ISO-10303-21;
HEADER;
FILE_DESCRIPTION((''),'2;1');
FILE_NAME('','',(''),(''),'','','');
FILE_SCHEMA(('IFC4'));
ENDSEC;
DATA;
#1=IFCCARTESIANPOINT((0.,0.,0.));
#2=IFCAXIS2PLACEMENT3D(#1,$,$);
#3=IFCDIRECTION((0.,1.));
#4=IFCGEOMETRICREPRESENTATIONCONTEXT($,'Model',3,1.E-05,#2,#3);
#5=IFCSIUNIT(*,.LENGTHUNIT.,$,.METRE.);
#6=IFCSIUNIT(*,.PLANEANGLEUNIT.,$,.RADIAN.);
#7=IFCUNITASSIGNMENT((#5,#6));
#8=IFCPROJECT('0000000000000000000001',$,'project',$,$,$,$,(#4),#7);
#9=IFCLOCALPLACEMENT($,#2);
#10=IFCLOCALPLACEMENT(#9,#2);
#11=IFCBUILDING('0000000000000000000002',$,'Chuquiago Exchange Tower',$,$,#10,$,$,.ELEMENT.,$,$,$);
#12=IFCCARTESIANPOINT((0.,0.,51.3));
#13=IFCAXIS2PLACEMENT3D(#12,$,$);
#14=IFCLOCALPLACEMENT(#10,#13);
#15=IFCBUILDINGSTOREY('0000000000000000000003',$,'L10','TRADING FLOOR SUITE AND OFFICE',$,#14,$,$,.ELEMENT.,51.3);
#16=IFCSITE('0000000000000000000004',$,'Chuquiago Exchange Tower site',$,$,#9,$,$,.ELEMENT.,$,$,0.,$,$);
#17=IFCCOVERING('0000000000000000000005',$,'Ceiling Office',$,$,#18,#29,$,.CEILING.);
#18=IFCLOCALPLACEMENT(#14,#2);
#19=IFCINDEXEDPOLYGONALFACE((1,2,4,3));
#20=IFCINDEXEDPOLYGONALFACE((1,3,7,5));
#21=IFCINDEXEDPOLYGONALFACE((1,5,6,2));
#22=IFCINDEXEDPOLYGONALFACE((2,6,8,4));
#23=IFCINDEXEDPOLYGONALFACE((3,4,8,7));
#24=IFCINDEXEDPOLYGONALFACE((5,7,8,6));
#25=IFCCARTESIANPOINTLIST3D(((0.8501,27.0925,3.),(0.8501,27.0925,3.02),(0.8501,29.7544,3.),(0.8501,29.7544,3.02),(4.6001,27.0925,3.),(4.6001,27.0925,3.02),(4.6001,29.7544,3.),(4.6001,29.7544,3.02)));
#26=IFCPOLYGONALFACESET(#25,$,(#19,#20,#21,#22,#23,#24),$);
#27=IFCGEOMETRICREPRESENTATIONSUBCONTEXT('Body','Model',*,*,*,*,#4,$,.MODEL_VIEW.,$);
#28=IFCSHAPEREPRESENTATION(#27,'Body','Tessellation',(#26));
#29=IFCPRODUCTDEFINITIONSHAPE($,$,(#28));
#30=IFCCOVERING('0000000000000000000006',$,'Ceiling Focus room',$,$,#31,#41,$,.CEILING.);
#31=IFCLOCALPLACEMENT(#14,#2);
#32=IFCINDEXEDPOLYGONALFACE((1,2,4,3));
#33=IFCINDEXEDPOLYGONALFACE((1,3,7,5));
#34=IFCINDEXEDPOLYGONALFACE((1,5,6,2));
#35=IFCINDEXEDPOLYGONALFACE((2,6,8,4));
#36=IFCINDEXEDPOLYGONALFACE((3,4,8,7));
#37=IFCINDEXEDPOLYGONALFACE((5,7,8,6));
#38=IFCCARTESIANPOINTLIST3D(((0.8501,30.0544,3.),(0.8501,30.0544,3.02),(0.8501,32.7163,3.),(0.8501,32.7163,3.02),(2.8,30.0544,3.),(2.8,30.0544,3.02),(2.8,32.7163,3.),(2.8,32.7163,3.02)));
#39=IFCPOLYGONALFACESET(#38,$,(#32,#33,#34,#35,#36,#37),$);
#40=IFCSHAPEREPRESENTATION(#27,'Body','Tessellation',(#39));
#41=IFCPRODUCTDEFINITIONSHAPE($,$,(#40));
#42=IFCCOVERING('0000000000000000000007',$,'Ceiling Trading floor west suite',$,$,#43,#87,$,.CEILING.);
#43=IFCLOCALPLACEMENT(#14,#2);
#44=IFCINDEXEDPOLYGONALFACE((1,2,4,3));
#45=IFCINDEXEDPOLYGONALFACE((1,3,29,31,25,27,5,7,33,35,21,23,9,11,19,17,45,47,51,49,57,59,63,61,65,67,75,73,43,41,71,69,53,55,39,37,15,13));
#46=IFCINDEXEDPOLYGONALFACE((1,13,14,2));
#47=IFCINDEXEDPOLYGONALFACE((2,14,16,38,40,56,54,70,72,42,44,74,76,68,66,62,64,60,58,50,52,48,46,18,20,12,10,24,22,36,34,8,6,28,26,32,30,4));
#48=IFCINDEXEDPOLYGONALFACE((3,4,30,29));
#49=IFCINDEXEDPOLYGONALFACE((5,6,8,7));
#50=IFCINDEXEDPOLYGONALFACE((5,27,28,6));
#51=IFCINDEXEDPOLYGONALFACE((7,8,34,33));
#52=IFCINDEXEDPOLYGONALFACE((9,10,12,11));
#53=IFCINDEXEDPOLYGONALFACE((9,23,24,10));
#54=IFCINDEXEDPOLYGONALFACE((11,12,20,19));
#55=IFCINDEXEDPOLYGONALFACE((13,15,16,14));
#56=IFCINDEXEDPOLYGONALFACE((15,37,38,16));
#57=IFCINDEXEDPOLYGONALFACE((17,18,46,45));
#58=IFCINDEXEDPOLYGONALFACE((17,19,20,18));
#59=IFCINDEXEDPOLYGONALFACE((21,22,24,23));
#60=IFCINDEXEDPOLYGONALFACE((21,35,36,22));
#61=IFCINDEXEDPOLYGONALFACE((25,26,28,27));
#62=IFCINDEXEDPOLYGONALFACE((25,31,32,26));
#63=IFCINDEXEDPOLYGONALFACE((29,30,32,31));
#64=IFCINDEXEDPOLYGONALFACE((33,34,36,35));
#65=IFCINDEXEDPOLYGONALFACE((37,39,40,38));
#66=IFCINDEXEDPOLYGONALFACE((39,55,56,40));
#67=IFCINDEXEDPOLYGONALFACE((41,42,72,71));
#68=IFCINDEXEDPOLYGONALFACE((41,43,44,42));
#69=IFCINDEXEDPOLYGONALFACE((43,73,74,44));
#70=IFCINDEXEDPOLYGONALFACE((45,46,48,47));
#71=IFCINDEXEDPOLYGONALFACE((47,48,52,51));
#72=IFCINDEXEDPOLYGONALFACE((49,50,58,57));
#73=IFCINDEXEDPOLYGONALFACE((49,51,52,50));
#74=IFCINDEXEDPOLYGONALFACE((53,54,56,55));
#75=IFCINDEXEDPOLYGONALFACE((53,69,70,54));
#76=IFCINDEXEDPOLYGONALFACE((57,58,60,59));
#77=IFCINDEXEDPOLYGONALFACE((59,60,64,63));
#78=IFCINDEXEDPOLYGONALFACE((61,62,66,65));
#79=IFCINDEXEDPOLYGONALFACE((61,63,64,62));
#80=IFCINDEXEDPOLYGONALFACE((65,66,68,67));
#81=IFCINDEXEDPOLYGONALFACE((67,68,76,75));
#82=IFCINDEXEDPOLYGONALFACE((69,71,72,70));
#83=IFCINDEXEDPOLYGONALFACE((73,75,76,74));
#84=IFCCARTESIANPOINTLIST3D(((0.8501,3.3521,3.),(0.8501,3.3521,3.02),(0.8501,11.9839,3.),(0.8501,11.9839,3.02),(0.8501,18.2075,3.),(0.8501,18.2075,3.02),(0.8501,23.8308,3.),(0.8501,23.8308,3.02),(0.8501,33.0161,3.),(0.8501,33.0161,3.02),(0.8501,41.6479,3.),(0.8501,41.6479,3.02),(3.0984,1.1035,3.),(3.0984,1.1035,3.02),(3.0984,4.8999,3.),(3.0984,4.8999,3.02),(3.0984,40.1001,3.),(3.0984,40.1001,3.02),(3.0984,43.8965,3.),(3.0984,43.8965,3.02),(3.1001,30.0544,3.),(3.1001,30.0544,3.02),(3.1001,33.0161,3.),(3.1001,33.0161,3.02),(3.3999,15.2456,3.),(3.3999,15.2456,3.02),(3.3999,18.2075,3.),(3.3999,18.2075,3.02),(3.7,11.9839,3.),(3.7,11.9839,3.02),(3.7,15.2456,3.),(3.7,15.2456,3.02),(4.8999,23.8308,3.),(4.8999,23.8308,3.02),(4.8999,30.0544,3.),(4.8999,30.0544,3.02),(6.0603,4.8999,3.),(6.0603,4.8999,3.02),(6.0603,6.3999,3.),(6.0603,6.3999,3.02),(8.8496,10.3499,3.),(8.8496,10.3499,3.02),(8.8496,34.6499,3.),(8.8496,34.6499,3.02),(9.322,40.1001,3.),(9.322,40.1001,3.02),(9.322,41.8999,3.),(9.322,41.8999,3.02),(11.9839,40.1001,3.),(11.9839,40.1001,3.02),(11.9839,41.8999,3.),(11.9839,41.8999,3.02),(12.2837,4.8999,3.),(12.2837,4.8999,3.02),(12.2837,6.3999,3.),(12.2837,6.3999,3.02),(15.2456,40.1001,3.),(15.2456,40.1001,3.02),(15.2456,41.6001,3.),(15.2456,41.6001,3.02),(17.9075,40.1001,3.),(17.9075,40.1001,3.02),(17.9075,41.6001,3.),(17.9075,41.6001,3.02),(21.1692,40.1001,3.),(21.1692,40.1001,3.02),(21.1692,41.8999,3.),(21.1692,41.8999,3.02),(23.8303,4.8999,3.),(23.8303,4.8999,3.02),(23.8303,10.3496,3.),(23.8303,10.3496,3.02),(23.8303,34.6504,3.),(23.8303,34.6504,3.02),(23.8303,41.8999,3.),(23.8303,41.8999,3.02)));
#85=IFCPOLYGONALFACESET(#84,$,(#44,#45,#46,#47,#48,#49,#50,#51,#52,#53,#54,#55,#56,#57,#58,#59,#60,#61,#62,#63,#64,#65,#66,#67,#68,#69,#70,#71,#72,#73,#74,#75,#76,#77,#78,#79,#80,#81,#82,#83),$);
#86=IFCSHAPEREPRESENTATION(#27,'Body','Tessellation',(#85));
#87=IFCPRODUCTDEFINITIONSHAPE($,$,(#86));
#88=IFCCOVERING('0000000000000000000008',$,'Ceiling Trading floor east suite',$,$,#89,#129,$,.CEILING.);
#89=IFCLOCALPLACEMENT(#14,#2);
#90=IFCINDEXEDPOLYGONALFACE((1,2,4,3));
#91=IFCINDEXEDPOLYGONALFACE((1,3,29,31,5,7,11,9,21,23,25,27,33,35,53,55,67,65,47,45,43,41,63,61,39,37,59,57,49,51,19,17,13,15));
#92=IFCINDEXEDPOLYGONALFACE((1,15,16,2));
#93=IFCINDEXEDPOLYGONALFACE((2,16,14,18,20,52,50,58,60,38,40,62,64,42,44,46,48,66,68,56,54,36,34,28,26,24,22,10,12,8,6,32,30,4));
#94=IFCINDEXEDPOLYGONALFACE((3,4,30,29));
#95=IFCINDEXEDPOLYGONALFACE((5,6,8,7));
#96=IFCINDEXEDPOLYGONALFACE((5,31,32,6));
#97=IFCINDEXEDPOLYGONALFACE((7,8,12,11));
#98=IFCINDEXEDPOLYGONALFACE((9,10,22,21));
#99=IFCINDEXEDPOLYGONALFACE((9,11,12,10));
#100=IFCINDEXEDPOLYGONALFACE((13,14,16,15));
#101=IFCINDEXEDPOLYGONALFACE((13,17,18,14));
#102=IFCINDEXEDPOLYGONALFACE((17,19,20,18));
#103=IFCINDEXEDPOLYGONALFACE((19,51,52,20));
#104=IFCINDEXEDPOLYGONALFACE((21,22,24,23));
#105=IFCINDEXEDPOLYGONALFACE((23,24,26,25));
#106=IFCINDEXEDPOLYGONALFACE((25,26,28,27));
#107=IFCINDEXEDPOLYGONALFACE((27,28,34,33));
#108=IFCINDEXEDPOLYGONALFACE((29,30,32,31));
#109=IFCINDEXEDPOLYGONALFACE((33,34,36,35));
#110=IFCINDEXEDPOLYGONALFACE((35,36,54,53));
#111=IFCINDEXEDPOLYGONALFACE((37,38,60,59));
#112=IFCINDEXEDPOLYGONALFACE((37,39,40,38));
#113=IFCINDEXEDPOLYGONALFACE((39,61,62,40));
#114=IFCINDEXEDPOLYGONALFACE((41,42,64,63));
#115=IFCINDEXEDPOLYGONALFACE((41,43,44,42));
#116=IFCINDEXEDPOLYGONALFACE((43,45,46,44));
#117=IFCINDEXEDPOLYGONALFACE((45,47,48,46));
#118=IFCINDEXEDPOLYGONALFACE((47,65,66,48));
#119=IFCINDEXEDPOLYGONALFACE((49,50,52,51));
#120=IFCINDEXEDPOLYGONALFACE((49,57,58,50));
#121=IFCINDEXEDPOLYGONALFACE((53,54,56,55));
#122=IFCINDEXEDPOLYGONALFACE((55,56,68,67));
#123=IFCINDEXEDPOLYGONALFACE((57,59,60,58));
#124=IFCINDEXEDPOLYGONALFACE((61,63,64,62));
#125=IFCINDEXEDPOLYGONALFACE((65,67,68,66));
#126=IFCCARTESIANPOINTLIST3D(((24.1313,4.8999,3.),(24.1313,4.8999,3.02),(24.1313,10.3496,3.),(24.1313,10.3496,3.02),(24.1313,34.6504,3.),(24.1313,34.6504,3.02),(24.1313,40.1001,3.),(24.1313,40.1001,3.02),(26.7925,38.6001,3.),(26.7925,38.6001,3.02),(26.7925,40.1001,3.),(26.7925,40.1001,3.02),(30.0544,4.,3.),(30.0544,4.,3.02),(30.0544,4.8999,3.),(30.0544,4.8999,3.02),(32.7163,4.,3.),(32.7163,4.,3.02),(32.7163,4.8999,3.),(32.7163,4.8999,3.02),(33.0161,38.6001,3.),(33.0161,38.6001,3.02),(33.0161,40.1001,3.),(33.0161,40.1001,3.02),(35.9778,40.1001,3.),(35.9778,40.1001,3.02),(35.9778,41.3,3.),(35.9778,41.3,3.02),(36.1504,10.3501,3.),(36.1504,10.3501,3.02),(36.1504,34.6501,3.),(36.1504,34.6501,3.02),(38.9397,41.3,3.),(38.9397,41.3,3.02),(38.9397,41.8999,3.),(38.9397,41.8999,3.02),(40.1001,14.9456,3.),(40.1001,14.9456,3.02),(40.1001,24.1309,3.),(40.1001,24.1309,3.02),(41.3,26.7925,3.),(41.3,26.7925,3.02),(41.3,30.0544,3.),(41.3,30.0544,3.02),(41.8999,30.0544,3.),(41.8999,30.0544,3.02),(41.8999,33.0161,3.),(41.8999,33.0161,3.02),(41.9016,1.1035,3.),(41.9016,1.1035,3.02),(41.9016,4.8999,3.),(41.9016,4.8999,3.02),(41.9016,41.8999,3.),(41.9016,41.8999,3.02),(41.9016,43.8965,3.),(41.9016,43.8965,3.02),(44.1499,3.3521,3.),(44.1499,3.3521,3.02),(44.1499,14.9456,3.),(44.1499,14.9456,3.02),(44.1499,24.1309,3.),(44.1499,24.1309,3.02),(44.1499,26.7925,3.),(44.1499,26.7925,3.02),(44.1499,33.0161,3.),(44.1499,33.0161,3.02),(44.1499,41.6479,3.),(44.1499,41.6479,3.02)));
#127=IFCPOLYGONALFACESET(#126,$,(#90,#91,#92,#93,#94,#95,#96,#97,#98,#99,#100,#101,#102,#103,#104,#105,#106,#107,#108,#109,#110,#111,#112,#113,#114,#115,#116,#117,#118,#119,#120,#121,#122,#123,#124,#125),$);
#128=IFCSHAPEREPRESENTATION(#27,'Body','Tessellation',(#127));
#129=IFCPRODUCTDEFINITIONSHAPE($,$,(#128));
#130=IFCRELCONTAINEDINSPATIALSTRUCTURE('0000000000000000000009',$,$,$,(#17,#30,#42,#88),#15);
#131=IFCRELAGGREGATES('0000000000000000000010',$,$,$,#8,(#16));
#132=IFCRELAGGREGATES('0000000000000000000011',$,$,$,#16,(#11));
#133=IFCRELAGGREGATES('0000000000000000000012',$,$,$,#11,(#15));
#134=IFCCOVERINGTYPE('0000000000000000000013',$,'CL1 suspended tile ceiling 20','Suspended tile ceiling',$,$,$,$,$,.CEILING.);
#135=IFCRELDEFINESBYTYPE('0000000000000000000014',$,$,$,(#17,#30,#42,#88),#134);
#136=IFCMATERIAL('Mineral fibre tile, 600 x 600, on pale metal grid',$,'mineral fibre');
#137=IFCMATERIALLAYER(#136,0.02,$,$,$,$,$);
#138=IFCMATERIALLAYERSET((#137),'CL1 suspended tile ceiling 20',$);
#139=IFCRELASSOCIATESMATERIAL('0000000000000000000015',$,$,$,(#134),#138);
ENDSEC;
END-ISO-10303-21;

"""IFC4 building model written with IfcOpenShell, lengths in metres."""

from ifc_helpers import new_model, si_unit, direction, frame, origin, place, context, subcontext, project, spatial, polyline, outline, extrude, material, layer, layer_set, type_object, element, save


model = new_model("IFC4")

# Units and contexts
model_context = context("Model", 3, precision=1e-05, world=origin(), true_north=direction((0.0, 1.0)))
body_context = subcontext(model_context, "Body", "Model", "MODEL_VIEW")
ifc_project = project(units=[si_unit("LENGTHUNIT", "METRE"), si_unit("PLANEANGLEUNIT", "RADIAN")], contexts=[model_context])

# Site, building, storey
site_placement = place(None, origin())
site = spatial("IfcSite", under=ifc_project, at=site_placement, Name="Chuquiago Exchange Tower site", CompositionType="ELEMENT", RefElevation=0.0)
building_placement = place(site_placement, origin())
building = spatial("IfcBuilding", under=site, at=building_placement, Name="Chuquiago Exchange Tower", CompositionType="ELEMENT")
storey_placement = place(building_placement, frame((0.0, 0.0, 51.3)))
storey = spatial("IfcBuildingStorey", under=building, at=storey_placement, Name="L10", Description="TRADING FLOOR SUITE AND OFFICE", CompositionType="ELEMENT", Elevation=51.3)

# Coverings
ifc_material_1 = material(Name="Mineral fibre tile, 600 x 600, on pale metal grid", Category="mineral fibre")
ifc_layer_1 = layer(ifc_material_1, 0.02)
ifc_layer_set_1 = layer_set([ifc_layer_1], Name="CL1 suspended tile ceiling 20")
covering_type_1 = type_object("IfcCoveringType", Name="CL1 suspended tile ceiling 20", Description="Suspended tile ceiling", PredefinedType="CEILING", material=ifc_layer_set_1)
covering_1_placement = place(storey_placement, frame((0.0, 0.0, 3.0)))
element("IfcCovering", 1, at=covering_1_placement, inside=storey, type_object=covering_type_1, Name="Ceiling Office", PredefinedType="CEILING", context=body_context, shape_type="SweptSolid", body=[
    extrude(outline(polyline([(4.6001, 29.7544), (4.6001, 27.0925), (0.8501, 27.0925), (0.8501, 29.7544), (4.6001, 29.7544)])), origin(), (0.0, 0.0, 1.0), 0.02),
])
covering_2_placement = place(storey_placement, frame((0.0, 0.0, 3.0)))
element("IfcCovering", 2, at=covering_2_placement, inside=storey, type_object=covering_type_1, Name="Ceiling Focus room", PredefinedType="CEILING", context=body_context, shape_type="SweptSolid", body=[
    extrude(outline(polyline([(2.8, 32.7163), (2.8, 30.0544), (0.8501, 30.0544), (0.8501, 32.7163), (2.8, 32.7163)])), origin(), (0.0, 0.0, 1.0), 0.02),
])
covering_3_placement = place(storey_placement, frame((0.0, 0.0, 3.0)))
element("IfcCovering", 3, at=covering_3_placement, inside=storey, type_object=covering_type_1, Name="Ceiling Trading floor west suite", PredefinedType="CEILING", context=body_context, shape_type="SweptSolid", body=[
    extrude(outline(polyline([(3.0984, 40.1001), (9.322, 40.1001), (9.322, 41.8999), (11.9839, 41.8999), (11.9839, 40.1001), (15.2456, 40.1001), (15.2456, 41.6001), (17.9075, 41.6001), (17.9075, 40.1001), (21.1692, 40.1001), (21.1692, 41.8999), (23.8303, 41.8999), (23.8303, 34.6504), (8.8496, 34.6499), (8.8496, 10.3499), (23.8303, 10.3496), (23.8303, 4.8999), (12.2837, 4.8999), (12.2837, 6.3999), (6.0603, 6.3999), (6.0603, 4.8999), (3.0984, 4.8999), (3.0984, 1.1035), (0.8501, 3.3521), (0.8501, 11.9839), (3.7, 11.9839), (3.7, 15.2456), (3.3999, 15.2456), (3.3999, 18.2075), (0.8501, 18.2075), (0.8501, 23.8308), (4.8999, 23.8308), (4.8999, 30.0544), (3.1001, 30.0544), (3.1001, 33.0161), (0.8501, 33.0161), (0.8501, 41.6479), (3.0984, 43.8965), (3.0984, 40.1001)])), origin(), (0.0, 0.0, 1.0), 0.02),
])
covering_4_placement = place(storey_placement, frame((0.0, 0.0, 3.0)))
element("IfcCovering", 4, at=covering_4_placement, inside=storey, type_object=covering_type_1, Name="Ceiling Trading floor east suite", PredefinedType="CEILING", context=body_context, shape_type="SweptSolid", body=[
    extrude(outline(polyline([(26.7925, 38.6001), (33.0161, 38.6001), (33.0161, 40.1001), (35.9778, 40.1001), (35.9778, 41.3), (38.9397, 41.3), (38.9397, 41.8999), (41.9016, 41.8999), (41.9016, 43.8965), (44.1499, 41.6479), (44.1499, 33.0161), (41.8999, 33.0161), (41.8999, 30.0544), (41.3, 30.0544), (41.3, 26.7925), (44.1499, 26.7925), (44.1499, 24.1309), (40.1001, 24.1309), (40.1001, 14.9456), (44.1499, 14.9456), (44.1499, 3.3521), (41.9016, 1.1035), (41.9016, 4.8999), (32.7163, 4.8999), (32.7163, 4.0), (30.0544, 4.0), (30.0544, 4.8999), (24.1313, 4.8999), (24.1313, 10.3496), (36.1504, 10.3501), (36.1504, 34.6501), (24.1313, 34.6504), (24.1313, 40.1001), (26.7925, 40.1001), (26.7925, 38.6001)])), origin(), (0.0, 0.0, 1.0), 0.02),
])

save(model, "model.ifc")
